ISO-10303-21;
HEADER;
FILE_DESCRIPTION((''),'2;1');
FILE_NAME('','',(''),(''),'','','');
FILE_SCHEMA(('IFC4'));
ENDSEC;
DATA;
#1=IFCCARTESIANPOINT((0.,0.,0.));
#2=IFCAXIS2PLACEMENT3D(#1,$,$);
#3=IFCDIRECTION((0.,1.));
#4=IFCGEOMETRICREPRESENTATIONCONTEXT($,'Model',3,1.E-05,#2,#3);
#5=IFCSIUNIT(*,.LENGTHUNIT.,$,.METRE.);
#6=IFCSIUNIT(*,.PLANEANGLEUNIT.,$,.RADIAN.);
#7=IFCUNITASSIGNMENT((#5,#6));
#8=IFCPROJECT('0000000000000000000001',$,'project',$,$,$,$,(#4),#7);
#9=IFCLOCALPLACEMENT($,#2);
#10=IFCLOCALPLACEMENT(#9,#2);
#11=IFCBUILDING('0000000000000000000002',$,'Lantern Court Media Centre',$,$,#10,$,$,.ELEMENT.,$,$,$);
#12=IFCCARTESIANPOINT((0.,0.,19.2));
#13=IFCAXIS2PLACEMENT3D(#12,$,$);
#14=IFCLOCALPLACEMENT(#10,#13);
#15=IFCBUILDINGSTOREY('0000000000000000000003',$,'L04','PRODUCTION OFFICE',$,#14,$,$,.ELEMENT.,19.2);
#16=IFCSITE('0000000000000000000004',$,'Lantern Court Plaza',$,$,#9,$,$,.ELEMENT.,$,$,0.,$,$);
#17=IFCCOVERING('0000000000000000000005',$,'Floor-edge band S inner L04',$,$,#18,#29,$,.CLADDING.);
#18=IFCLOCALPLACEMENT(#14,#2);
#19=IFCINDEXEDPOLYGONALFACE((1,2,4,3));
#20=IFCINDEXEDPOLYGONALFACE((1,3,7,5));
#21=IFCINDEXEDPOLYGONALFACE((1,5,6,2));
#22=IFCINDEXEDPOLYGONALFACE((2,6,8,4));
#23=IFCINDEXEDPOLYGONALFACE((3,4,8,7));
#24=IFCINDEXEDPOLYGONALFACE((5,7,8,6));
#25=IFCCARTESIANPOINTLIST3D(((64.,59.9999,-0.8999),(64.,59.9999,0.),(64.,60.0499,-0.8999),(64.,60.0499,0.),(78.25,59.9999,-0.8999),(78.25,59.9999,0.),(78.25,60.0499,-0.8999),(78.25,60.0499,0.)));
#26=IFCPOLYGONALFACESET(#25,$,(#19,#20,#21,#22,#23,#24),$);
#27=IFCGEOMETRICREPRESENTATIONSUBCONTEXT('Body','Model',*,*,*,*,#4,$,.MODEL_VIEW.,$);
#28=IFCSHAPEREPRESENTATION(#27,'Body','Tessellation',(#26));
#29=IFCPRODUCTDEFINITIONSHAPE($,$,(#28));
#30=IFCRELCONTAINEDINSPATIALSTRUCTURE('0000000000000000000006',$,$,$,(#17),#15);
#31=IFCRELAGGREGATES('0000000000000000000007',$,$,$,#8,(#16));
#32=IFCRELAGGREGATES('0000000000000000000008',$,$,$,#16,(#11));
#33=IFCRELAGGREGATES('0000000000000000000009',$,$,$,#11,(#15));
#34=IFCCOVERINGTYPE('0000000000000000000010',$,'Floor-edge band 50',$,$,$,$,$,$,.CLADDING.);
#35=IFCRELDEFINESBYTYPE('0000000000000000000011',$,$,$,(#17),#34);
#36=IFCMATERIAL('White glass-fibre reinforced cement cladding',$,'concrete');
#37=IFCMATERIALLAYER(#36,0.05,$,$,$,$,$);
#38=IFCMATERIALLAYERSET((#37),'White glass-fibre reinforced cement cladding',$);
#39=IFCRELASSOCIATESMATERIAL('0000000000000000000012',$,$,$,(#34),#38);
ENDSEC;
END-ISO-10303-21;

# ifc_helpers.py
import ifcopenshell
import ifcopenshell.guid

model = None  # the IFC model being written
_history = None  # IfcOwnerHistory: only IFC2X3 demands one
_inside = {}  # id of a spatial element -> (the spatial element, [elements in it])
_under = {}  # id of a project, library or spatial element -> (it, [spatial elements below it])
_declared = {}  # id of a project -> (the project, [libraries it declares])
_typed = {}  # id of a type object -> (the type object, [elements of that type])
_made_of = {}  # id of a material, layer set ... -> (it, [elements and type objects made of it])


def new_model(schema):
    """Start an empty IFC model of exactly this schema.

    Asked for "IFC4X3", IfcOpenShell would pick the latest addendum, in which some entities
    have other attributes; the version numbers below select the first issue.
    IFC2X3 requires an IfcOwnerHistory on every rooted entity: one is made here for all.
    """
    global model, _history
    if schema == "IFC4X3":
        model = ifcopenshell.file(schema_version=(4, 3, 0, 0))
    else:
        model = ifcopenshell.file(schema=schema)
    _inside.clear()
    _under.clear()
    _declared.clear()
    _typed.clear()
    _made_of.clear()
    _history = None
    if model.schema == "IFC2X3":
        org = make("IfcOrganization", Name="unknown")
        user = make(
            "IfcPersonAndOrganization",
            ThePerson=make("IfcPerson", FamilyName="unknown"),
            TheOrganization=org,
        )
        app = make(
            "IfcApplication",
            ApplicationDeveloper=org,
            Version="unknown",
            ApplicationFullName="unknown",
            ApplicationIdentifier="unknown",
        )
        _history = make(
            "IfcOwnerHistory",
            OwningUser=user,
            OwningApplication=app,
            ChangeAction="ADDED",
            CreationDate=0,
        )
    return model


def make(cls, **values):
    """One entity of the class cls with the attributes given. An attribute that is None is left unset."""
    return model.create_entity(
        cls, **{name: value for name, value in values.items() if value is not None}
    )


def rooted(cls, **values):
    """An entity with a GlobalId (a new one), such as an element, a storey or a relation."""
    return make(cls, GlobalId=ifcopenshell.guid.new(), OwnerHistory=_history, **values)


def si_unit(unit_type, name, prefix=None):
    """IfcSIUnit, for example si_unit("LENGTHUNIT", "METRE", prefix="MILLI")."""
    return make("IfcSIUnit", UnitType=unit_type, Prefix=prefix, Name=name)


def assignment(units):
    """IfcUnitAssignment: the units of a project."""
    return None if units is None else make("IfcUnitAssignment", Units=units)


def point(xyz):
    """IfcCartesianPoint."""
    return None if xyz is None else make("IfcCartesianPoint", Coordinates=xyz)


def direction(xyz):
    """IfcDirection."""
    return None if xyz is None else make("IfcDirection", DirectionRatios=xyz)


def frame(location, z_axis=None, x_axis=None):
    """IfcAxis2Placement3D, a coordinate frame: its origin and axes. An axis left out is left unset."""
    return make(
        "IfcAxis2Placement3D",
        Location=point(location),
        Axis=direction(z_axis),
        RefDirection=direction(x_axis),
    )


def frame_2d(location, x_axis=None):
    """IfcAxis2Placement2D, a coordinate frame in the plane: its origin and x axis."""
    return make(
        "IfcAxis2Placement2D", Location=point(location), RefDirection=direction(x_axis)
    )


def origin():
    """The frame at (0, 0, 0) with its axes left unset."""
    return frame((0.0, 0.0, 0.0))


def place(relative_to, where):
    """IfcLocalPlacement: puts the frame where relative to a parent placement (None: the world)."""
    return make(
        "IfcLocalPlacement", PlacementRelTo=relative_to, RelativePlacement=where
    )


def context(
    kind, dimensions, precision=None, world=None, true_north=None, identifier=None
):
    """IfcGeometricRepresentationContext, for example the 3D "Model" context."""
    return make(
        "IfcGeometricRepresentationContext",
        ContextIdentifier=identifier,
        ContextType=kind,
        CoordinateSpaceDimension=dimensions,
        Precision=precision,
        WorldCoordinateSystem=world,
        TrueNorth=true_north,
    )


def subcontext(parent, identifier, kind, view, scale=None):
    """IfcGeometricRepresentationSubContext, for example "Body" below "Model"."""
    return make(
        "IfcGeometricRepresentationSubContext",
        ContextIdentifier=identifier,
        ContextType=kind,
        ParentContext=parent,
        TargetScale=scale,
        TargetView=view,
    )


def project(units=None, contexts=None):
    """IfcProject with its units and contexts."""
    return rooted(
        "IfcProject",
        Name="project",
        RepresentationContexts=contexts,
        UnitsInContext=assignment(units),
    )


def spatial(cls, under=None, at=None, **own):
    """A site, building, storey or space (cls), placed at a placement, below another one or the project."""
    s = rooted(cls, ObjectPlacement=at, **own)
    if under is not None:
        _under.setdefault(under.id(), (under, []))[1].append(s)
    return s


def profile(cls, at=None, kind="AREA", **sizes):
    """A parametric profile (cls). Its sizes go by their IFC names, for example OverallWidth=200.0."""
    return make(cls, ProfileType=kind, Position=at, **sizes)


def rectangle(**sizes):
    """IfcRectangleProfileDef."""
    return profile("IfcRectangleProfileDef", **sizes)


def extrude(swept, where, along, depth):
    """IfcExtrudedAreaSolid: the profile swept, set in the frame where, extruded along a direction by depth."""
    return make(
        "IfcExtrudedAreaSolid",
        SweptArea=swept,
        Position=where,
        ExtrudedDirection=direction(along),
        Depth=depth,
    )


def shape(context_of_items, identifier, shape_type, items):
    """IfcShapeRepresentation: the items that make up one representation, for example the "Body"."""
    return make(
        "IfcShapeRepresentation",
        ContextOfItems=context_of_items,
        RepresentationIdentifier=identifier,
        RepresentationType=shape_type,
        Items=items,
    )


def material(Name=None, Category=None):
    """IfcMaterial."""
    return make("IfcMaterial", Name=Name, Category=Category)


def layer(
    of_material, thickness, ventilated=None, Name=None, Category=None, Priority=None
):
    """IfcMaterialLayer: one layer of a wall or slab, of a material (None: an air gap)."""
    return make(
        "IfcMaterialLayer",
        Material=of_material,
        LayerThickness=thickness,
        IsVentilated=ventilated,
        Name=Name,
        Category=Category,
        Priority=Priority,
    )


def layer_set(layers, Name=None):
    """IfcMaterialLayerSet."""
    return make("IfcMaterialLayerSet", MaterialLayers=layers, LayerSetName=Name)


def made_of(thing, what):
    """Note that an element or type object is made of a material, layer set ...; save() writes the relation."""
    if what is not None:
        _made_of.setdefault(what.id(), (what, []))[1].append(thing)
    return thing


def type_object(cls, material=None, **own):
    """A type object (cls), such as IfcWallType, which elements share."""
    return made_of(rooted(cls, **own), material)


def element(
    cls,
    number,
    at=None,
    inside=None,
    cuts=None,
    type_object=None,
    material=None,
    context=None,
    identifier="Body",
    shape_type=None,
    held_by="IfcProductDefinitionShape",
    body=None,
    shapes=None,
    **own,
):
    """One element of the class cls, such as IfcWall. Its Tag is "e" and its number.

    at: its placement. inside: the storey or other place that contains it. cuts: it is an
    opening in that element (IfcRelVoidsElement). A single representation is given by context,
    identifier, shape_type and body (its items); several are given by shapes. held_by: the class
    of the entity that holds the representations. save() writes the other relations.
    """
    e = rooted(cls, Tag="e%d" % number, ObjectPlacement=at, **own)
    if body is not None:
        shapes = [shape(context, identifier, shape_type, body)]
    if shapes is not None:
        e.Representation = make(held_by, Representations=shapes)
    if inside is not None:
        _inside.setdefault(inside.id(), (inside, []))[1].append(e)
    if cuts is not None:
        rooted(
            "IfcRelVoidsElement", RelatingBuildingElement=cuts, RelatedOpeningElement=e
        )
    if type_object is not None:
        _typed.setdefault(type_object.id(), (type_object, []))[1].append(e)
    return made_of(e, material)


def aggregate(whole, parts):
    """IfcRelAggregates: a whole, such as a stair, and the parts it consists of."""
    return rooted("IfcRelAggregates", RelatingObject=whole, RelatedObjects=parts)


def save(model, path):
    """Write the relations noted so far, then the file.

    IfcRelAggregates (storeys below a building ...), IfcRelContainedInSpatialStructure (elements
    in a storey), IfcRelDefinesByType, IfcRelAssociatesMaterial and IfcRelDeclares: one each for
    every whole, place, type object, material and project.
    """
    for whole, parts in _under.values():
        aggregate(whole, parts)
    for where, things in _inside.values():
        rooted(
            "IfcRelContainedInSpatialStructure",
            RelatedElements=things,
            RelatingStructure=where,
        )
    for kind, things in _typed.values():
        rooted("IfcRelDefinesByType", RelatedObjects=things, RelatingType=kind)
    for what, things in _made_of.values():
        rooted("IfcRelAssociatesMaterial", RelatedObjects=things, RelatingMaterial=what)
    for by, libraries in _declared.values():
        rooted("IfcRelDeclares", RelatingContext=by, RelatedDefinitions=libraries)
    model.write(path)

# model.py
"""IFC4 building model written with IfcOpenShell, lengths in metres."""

from ifc_helpers import new_model, si_unit, direction, frame, frame_2d, origin, place, context, subcontext, project, spatial, rectangle, extrude, material, layer, layer_set, type_object, element, save


model = new_model("IFC4")

# Units and contexts
model_context = context("Model", 3, precision=1e-05, world=origin(), true_north=direction((0.0, 1.0)))
body_context = subcontext(model_context, "Body", "Model", "MODEL_VIEW")
ifc_project = project(units=[si_unit("LENGTHUNIT", "METRE"), si_unit("PLANEANGLEUNIT", "RADIAN")], contexts=[model_context])

# Site, building, storey
site_placement = place(None, origin())
site = spatial("IfcSite", under=ifc_project, at=site_placement, Name="Lantern Court Plaza", CompositionType="ELEMENT", RefElevation=0.0)
building_placement = place(site_placement, origin())
building = spatial("IfcBuilding", under=site, at=building_placement, Name="Lantern Court Media Centre", CompositionType="ELEMENT")
storey_placement = place(building_placement, frame((0.0, 0.0, 19.2)))
storey = spatial("IfcBuildingStorey", under=building, at=storey_placement, Name="L04", Description="PRODUCTION OFFICE", CompositionType="ELEMENT", Elevation=19.2)

# Covering
ifc_material_1 = material(Name="White glass-fibre reinforced cement cladding", Category="concrete")
ifc_layer_1 = layer(ifc_material_1, 0.05)
ifc_layer_set_1 = layer_set([ifc_layer_1], Name="White glass-fibre reinforced cement cladding")
covering_type = type_object("IfcCoveringType", Name="Floor-edge band 50", PredefinedType="CLADDING", material=ifc_layer_set_1)
covering_placement = place(storey_placement, frame((64.0, 60.0249, -0.8999), z_axis=(0.0, 0.0, 1.0), x_axis=(1.0, 0.0, 0.0)))
element("IfcCovering", 1, at=covering_placement, inside=storey, type_object=covering_type, Name="Floor-edge band S inner L04", PredefinedType="CLADDING", context=body_context, shape_type="SweptSolid", body=[
    extrude(rectangle(XDim=14.25, YDim=0.05, at=frame_2d((7.125, 0.0))), origin(), (0.0, 0.0, 1.0), 0.8999),
])

save(model, "model.ifc")
